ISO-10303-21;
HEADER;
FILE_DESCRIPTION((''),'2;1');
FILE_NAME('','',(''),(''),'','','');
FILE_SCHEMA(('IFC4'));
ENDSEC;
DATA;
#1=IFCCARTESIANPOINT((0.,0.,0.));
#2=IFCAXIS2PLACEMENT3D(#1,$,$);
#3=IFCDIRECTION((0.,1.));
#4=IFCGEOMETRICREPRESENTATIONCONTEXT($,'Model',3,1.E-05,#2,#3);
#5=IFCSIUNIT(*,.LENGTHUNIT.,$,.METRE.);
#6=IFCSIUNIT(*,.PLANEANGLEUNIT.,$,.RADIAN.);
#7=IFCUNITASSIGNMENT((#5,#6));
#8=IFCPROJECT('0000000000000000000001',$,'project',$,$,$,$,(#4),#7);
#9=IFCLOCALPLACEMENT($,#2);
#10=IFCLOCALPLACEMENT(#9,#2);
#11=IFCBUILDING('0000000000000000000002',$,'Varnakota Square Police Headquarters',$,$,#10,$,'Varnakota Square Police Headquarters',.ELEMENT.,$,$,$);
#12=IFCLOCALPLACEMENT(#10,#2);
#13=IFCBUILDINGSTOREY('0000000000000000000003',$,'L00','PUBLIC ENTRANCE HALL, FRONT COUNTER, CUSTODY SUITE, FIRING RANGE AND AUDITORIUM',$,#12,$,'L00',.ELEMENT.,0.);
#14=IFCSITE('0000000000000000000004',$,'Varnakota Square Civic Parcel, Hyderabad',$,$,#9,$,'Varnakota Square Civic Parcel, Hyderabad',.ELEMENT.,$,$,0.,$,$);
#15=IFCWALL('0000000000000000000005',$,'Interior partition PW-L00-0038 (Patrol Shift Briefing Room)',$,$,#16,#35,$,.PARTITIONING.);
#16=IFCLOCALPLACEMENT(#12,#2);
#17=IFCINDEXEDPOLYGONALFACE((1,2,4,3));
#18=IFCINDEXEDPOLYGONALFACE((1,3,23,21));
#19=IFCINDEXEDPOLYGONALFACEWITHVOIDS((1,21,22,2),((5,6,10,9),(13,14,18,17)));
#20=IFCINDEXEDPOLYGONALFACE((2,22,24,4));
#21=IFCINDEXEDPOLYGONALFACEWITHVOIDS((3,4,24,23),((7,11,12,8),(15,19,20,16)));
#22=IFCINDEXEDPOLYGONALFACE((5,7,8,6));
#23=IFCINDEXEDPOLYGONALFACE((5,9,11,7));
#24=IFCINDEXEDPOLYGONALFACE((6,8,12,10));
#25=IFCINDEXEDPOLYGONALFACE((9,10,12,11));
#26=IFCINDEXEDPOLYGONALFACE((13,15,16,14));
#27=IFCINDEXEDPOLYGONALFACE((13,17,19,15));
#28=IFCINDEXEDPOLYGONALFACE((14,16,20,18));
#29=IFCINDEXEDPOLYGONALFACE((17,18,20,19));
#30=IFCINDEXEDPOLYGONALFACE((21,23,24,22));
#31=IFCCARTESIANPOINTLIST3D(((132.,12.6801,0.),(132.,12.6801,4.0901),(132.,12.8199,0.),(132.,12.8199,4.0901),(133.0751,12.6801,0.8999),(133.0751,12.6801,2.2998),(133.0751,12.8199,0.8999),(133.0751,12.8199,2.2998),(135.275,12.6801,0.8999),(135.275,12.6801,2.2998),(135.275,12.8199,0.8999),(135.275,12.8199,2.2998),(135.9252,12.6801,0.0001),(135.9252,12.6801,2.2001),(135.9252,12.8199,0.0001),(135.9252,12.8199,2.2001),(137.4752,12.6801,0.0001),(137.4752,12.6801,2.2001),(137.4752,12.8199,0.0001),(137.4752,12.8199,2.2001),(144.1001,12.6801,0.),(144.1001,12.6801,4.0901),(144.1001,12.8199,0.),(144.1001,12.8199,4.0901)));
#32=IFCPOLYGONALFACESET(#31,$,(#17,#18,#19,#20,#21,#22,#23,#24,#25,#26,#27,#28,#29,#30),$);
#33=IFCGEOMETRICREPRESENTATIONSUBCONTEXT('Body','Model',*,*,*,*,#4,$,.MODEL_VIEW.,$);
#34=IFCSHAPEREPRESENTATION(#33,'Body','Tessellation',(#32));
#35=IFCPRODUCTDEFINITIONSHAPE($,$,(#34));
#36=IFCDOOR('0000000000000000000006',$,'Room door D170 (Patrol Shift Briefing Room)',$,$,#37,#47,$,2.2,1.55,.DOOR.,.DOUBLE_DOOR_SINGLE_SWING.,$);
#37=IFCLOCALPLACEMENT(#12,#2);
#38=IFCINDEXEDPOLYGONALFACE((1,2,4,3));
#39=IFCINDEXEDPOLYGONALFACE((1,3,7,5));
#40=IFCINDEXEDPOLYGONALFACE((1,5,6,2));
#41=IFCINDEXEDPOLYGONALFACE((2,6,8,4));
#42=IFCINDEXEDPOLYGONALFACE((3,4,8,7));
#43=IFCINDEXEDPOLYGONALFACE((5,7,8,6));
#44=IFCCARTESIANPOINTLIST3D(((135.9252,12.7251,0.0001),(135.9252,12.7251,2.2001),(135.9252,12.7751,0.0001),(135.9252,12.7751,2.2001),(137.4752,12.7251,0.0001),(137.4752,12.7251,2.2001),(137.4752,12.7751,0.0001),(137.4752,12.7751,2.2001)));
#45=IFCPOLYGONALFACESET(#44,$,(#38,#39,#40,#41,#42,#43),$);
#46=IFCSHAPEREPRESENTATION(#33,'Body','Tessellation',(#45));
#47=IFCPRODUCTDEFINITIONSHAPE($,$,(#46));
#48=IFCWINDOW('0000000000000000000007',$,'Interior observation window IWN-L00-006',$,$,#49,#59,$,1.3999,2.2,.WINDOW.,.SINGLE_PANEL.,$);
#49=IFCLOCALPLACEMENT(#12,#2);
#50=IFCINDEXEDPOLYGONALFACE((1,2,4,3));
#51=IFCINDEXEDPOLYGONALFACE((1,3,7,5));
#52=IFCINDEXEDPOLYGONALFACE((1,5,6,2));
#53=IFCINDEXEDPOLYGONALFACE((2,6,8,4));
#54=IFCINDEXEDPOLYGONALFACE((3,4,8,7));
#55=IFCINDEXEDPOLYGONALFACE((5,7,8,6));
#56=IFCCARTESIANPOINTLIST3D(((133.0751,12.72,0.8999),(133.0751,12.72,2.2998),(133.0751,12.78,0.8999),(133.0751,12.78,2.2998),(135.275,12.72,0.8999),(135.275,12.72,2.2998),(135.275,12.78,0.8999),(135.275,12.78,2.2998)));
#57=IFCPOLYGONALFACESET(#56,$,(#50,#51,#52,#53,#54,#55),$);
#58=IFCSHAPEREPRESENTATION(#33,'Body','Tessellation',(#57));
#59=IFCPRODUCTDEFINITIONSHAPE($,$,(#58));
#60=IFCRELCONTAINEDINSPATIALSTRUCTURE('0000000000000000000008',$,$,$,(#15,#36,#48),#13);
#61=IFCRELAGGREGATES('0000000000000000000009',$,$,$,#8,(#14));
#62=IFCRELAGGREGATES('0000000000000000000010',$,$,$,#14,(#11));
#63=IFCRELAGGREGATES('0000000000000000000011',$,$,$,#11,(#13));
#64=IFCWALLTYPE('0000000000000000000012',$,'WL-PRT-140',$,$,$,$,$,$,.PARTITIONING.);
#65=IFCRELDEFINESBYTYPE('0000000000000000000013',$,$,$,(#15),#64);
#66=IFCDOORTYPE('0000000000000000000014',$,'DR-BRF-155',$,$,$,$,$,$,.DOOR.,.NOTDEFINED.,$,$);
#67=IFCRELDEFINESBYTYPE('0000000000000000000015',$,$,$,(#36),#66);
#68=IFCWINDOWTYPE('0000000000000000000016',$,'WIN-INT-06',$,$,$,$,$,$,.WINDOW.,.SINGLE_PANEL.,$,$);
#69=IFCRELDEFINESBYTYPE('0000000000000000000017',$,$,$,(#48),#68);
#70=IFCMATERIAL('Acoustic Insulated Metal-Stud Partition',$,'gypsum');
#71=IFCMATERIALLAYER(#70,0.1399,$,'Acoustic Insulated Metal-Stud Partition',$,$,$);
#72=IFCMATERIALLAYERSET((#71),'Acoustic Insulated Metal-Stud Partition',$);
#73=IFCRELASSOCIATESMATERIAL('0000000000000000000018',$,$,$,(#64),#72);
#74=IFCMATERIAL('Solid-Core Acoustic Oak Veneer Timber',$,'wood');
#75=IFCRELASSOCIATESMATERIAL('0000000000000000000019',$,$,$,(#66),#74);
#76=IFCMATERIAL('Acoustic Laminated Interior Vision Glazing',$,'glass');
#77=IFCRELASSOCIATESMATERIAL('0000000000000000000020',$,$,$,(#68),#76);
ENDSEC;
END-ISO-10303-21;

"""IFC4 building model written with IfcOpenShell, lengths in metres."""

from ifc_helpers import new_model, si_unit, direction, frame, frame_2d, origin, place, context, subcontext, project, spatial, rectangle, extrude, material, layer, layer_set, type_object, element, fill, save


model = new_model("IFC4")

# Units and contexts
model_context = context("Model", 3, precision=1e-05, world=origin(), true_north=direction((0.0, 1.0)))
body_context = subcontext(model_context, "Body", "Model", "MODEL_VIEW")
ifc_project = project(units=[si_unit("LENGTHUNIT", "METRE"), si_unit("PLANEANGLEUNIT", "RADIAN")], contexts=[model_context])

# Site, building, storey
site_placement = place(None, origin())
site = spatial("IfcSite", under=ifc_project, at=site_placement, Name="Varnakota Square Civic Parcel, Hyderabad", LongName="Varnakota Square Civic Parcel, Hyderabad", CompositionType="ELEMENT", RefElevation=0.0)
building_placement = place(site_placement, origin())
building = spatial("IfcBuilding", under=site, at=building_placement, Name="Varnakota Square Police Headquarters", LongName="Varnakota Square Police Headquarters", CompositionType="ELEMENT")
storey_placement = place(building_placement, origin())
storey = spatial("IfcBuildingStorey", under=building, at=storey_placement, Name="L00", Description="PUBLIC ENTRANCE HALL, FRONT COUNTER, CUSTODY SUITE, FIRING RANGE AND AUDITORIUM", LongName="L00", CompositionType="ELEMENT", Elevation=0.0)

# Wall, openings, door, window
ifc_material_1 = material(Name="Acoustic Insulated Metal-Stud Partition", Category="gypsum")
ifc_layer_1 = layer(ifc_material_1, 0.1399, Name="Acoustic Insulated Metal-Stud Partition")
ifc_layer_set_1 = layer_set([ifc_layer_1], Name="Acoustic Insulated Metal-Stud Partition")
wall_type_1 = type_object("IfcWallType", Name="WL-PRT-140", PredefinedType="PARTITIONING", material=ifc_layer_set_1)
wall_1_placement = place(storey_placement, frame((144.1001, 12.75, 0.0), z_axis=(0.0, 0.0, 1.0), x_axis=(-1.0, 0.0, 0.0)))
wall_1 = element("IfcWall", 1, at=wall_1_placement, inside=storey, type_object=wall_type_1, Name="Interior partition PW-L00-0038 (Patrol Shift Briefing Room)", PredefinedType="PARTITIONING", context=body_context, shape_type="SweptSolid", body=[
    extrude(rectangle(XDim=12.1001, YDim=0.1399, at=frame_2d((6.05, 0.0))), origin(), (0.0, 0.0, 1.0), 4.0901),
])
opening_1_placement = place(wall_1_placement, frame((6.625, 0.0, 0.0)))
opening_1 = element("IfcOpeningElement", 2, at=opening_1_placement, cuts=wall_1, PredefinedType="OPENING", context=body_context, shape_type="SweptSolid", body=[
    extrude(rectangle(XDim=1.55, YDim=2.2, at=frame_2d((0.7749, 1.1001))), frame((0.0, 0.0798, 0.0), z_axis=(0.0, -1.0, 0.0), x_axis=(1.0, 0.0, 0.0)), (0.0, 0.0, 1.0), 0.1599),
])
opening_2_placement = place(wall_1_placement, frame((8.825, 0.0, 0.8999)))
opening_2 = element("IfcOpeningElement", 3, at=opening_2_placement, cuts=wall_1, PredefinedType="OPENING", context=body_context, shape_type="SweptSolid", body=[
    extrude(rectangle(XDim=2.2, YDim=1.3999, at=frame_2d((1.1001, 0.7))), frame((0.0, 0.0798, 0.0), z_axis=(0.0, -1.0, 0.0), x_axis=(1.0, 0.0, 0.0)), (0.0, 0.0, 1.0), 0.1599),
])
ifc_material_2 = material(Name="Solid-Core Acoustic Oak Veneer Timber", Category="wood")
door_type = type_object("IfcDoorType", Name="DR-BRF-155", OperationType="NOTDEFINED", PredefinedType="DOOR", material=ifc_material_2)
door_placement = place(opening_1_placement, origin())
door = element("IfcDoor", 4, at=door_placement, inside=storey, type_object=door_type, Name="Room door D170 (Patrol Shift Briefing Room)", OperationType="DOUBLE_DOOR_SINGLE_SWING", OverallHeight=2.2, OverallWidth=1.55, PredefinedType="DOOR", context=body_context, shape_type="SweptSolid", body=[
    extrude(rectangle(XDim=1.55, YDim=2.2, at=frame_2d((0.7749, 1.1001))), frame((0.0, 0.0249, 0.0), z_axis=(0.0, -1.0, 0.0), x_axis=(1.0, 0.0, 0.0)), (0.0, 0.0, 1.0), 0.05),
])
fill(opening_1, door)
ifc_material_3 = material(Name="Acoustic Laminated Interior Vision Glazing", Category="glass")
window_type_1 = type_object("IfcWindowType", Name="WIN-INT-06", PartitioningType="SINGLE_PANEL", PredefinedType="WINDOW", material=ifc_material_3)
window_1_placement = place(opening_2_placement, origin())
window_1 = element("IfcWindow", 5, at=window_1_placement, inside=storey, type_object=window_type_1, Name="Interior observation window IWN-L00-006", OverallHeight=1.3999, OverallWidth=2.2, PartitioningType="SINGLE_PANEL", PredefinedType="WINDOW", context=body_context, shape_type="SweptSolid", body=[
    extrude(rectangle(XDim=2.2, YDim=1.3999, at=frame_2d((1.1001, 0.7))), frame((0.0, 0.03, 0.0), z_axis=(0.0, -1.0, 0.0), x_axis=(1.0, 0.0, 0.0)), (0.0, 0.0, 1.0), 0.0601),
])
fill(opening_2, window_1)

save(model, "model.ifc")
